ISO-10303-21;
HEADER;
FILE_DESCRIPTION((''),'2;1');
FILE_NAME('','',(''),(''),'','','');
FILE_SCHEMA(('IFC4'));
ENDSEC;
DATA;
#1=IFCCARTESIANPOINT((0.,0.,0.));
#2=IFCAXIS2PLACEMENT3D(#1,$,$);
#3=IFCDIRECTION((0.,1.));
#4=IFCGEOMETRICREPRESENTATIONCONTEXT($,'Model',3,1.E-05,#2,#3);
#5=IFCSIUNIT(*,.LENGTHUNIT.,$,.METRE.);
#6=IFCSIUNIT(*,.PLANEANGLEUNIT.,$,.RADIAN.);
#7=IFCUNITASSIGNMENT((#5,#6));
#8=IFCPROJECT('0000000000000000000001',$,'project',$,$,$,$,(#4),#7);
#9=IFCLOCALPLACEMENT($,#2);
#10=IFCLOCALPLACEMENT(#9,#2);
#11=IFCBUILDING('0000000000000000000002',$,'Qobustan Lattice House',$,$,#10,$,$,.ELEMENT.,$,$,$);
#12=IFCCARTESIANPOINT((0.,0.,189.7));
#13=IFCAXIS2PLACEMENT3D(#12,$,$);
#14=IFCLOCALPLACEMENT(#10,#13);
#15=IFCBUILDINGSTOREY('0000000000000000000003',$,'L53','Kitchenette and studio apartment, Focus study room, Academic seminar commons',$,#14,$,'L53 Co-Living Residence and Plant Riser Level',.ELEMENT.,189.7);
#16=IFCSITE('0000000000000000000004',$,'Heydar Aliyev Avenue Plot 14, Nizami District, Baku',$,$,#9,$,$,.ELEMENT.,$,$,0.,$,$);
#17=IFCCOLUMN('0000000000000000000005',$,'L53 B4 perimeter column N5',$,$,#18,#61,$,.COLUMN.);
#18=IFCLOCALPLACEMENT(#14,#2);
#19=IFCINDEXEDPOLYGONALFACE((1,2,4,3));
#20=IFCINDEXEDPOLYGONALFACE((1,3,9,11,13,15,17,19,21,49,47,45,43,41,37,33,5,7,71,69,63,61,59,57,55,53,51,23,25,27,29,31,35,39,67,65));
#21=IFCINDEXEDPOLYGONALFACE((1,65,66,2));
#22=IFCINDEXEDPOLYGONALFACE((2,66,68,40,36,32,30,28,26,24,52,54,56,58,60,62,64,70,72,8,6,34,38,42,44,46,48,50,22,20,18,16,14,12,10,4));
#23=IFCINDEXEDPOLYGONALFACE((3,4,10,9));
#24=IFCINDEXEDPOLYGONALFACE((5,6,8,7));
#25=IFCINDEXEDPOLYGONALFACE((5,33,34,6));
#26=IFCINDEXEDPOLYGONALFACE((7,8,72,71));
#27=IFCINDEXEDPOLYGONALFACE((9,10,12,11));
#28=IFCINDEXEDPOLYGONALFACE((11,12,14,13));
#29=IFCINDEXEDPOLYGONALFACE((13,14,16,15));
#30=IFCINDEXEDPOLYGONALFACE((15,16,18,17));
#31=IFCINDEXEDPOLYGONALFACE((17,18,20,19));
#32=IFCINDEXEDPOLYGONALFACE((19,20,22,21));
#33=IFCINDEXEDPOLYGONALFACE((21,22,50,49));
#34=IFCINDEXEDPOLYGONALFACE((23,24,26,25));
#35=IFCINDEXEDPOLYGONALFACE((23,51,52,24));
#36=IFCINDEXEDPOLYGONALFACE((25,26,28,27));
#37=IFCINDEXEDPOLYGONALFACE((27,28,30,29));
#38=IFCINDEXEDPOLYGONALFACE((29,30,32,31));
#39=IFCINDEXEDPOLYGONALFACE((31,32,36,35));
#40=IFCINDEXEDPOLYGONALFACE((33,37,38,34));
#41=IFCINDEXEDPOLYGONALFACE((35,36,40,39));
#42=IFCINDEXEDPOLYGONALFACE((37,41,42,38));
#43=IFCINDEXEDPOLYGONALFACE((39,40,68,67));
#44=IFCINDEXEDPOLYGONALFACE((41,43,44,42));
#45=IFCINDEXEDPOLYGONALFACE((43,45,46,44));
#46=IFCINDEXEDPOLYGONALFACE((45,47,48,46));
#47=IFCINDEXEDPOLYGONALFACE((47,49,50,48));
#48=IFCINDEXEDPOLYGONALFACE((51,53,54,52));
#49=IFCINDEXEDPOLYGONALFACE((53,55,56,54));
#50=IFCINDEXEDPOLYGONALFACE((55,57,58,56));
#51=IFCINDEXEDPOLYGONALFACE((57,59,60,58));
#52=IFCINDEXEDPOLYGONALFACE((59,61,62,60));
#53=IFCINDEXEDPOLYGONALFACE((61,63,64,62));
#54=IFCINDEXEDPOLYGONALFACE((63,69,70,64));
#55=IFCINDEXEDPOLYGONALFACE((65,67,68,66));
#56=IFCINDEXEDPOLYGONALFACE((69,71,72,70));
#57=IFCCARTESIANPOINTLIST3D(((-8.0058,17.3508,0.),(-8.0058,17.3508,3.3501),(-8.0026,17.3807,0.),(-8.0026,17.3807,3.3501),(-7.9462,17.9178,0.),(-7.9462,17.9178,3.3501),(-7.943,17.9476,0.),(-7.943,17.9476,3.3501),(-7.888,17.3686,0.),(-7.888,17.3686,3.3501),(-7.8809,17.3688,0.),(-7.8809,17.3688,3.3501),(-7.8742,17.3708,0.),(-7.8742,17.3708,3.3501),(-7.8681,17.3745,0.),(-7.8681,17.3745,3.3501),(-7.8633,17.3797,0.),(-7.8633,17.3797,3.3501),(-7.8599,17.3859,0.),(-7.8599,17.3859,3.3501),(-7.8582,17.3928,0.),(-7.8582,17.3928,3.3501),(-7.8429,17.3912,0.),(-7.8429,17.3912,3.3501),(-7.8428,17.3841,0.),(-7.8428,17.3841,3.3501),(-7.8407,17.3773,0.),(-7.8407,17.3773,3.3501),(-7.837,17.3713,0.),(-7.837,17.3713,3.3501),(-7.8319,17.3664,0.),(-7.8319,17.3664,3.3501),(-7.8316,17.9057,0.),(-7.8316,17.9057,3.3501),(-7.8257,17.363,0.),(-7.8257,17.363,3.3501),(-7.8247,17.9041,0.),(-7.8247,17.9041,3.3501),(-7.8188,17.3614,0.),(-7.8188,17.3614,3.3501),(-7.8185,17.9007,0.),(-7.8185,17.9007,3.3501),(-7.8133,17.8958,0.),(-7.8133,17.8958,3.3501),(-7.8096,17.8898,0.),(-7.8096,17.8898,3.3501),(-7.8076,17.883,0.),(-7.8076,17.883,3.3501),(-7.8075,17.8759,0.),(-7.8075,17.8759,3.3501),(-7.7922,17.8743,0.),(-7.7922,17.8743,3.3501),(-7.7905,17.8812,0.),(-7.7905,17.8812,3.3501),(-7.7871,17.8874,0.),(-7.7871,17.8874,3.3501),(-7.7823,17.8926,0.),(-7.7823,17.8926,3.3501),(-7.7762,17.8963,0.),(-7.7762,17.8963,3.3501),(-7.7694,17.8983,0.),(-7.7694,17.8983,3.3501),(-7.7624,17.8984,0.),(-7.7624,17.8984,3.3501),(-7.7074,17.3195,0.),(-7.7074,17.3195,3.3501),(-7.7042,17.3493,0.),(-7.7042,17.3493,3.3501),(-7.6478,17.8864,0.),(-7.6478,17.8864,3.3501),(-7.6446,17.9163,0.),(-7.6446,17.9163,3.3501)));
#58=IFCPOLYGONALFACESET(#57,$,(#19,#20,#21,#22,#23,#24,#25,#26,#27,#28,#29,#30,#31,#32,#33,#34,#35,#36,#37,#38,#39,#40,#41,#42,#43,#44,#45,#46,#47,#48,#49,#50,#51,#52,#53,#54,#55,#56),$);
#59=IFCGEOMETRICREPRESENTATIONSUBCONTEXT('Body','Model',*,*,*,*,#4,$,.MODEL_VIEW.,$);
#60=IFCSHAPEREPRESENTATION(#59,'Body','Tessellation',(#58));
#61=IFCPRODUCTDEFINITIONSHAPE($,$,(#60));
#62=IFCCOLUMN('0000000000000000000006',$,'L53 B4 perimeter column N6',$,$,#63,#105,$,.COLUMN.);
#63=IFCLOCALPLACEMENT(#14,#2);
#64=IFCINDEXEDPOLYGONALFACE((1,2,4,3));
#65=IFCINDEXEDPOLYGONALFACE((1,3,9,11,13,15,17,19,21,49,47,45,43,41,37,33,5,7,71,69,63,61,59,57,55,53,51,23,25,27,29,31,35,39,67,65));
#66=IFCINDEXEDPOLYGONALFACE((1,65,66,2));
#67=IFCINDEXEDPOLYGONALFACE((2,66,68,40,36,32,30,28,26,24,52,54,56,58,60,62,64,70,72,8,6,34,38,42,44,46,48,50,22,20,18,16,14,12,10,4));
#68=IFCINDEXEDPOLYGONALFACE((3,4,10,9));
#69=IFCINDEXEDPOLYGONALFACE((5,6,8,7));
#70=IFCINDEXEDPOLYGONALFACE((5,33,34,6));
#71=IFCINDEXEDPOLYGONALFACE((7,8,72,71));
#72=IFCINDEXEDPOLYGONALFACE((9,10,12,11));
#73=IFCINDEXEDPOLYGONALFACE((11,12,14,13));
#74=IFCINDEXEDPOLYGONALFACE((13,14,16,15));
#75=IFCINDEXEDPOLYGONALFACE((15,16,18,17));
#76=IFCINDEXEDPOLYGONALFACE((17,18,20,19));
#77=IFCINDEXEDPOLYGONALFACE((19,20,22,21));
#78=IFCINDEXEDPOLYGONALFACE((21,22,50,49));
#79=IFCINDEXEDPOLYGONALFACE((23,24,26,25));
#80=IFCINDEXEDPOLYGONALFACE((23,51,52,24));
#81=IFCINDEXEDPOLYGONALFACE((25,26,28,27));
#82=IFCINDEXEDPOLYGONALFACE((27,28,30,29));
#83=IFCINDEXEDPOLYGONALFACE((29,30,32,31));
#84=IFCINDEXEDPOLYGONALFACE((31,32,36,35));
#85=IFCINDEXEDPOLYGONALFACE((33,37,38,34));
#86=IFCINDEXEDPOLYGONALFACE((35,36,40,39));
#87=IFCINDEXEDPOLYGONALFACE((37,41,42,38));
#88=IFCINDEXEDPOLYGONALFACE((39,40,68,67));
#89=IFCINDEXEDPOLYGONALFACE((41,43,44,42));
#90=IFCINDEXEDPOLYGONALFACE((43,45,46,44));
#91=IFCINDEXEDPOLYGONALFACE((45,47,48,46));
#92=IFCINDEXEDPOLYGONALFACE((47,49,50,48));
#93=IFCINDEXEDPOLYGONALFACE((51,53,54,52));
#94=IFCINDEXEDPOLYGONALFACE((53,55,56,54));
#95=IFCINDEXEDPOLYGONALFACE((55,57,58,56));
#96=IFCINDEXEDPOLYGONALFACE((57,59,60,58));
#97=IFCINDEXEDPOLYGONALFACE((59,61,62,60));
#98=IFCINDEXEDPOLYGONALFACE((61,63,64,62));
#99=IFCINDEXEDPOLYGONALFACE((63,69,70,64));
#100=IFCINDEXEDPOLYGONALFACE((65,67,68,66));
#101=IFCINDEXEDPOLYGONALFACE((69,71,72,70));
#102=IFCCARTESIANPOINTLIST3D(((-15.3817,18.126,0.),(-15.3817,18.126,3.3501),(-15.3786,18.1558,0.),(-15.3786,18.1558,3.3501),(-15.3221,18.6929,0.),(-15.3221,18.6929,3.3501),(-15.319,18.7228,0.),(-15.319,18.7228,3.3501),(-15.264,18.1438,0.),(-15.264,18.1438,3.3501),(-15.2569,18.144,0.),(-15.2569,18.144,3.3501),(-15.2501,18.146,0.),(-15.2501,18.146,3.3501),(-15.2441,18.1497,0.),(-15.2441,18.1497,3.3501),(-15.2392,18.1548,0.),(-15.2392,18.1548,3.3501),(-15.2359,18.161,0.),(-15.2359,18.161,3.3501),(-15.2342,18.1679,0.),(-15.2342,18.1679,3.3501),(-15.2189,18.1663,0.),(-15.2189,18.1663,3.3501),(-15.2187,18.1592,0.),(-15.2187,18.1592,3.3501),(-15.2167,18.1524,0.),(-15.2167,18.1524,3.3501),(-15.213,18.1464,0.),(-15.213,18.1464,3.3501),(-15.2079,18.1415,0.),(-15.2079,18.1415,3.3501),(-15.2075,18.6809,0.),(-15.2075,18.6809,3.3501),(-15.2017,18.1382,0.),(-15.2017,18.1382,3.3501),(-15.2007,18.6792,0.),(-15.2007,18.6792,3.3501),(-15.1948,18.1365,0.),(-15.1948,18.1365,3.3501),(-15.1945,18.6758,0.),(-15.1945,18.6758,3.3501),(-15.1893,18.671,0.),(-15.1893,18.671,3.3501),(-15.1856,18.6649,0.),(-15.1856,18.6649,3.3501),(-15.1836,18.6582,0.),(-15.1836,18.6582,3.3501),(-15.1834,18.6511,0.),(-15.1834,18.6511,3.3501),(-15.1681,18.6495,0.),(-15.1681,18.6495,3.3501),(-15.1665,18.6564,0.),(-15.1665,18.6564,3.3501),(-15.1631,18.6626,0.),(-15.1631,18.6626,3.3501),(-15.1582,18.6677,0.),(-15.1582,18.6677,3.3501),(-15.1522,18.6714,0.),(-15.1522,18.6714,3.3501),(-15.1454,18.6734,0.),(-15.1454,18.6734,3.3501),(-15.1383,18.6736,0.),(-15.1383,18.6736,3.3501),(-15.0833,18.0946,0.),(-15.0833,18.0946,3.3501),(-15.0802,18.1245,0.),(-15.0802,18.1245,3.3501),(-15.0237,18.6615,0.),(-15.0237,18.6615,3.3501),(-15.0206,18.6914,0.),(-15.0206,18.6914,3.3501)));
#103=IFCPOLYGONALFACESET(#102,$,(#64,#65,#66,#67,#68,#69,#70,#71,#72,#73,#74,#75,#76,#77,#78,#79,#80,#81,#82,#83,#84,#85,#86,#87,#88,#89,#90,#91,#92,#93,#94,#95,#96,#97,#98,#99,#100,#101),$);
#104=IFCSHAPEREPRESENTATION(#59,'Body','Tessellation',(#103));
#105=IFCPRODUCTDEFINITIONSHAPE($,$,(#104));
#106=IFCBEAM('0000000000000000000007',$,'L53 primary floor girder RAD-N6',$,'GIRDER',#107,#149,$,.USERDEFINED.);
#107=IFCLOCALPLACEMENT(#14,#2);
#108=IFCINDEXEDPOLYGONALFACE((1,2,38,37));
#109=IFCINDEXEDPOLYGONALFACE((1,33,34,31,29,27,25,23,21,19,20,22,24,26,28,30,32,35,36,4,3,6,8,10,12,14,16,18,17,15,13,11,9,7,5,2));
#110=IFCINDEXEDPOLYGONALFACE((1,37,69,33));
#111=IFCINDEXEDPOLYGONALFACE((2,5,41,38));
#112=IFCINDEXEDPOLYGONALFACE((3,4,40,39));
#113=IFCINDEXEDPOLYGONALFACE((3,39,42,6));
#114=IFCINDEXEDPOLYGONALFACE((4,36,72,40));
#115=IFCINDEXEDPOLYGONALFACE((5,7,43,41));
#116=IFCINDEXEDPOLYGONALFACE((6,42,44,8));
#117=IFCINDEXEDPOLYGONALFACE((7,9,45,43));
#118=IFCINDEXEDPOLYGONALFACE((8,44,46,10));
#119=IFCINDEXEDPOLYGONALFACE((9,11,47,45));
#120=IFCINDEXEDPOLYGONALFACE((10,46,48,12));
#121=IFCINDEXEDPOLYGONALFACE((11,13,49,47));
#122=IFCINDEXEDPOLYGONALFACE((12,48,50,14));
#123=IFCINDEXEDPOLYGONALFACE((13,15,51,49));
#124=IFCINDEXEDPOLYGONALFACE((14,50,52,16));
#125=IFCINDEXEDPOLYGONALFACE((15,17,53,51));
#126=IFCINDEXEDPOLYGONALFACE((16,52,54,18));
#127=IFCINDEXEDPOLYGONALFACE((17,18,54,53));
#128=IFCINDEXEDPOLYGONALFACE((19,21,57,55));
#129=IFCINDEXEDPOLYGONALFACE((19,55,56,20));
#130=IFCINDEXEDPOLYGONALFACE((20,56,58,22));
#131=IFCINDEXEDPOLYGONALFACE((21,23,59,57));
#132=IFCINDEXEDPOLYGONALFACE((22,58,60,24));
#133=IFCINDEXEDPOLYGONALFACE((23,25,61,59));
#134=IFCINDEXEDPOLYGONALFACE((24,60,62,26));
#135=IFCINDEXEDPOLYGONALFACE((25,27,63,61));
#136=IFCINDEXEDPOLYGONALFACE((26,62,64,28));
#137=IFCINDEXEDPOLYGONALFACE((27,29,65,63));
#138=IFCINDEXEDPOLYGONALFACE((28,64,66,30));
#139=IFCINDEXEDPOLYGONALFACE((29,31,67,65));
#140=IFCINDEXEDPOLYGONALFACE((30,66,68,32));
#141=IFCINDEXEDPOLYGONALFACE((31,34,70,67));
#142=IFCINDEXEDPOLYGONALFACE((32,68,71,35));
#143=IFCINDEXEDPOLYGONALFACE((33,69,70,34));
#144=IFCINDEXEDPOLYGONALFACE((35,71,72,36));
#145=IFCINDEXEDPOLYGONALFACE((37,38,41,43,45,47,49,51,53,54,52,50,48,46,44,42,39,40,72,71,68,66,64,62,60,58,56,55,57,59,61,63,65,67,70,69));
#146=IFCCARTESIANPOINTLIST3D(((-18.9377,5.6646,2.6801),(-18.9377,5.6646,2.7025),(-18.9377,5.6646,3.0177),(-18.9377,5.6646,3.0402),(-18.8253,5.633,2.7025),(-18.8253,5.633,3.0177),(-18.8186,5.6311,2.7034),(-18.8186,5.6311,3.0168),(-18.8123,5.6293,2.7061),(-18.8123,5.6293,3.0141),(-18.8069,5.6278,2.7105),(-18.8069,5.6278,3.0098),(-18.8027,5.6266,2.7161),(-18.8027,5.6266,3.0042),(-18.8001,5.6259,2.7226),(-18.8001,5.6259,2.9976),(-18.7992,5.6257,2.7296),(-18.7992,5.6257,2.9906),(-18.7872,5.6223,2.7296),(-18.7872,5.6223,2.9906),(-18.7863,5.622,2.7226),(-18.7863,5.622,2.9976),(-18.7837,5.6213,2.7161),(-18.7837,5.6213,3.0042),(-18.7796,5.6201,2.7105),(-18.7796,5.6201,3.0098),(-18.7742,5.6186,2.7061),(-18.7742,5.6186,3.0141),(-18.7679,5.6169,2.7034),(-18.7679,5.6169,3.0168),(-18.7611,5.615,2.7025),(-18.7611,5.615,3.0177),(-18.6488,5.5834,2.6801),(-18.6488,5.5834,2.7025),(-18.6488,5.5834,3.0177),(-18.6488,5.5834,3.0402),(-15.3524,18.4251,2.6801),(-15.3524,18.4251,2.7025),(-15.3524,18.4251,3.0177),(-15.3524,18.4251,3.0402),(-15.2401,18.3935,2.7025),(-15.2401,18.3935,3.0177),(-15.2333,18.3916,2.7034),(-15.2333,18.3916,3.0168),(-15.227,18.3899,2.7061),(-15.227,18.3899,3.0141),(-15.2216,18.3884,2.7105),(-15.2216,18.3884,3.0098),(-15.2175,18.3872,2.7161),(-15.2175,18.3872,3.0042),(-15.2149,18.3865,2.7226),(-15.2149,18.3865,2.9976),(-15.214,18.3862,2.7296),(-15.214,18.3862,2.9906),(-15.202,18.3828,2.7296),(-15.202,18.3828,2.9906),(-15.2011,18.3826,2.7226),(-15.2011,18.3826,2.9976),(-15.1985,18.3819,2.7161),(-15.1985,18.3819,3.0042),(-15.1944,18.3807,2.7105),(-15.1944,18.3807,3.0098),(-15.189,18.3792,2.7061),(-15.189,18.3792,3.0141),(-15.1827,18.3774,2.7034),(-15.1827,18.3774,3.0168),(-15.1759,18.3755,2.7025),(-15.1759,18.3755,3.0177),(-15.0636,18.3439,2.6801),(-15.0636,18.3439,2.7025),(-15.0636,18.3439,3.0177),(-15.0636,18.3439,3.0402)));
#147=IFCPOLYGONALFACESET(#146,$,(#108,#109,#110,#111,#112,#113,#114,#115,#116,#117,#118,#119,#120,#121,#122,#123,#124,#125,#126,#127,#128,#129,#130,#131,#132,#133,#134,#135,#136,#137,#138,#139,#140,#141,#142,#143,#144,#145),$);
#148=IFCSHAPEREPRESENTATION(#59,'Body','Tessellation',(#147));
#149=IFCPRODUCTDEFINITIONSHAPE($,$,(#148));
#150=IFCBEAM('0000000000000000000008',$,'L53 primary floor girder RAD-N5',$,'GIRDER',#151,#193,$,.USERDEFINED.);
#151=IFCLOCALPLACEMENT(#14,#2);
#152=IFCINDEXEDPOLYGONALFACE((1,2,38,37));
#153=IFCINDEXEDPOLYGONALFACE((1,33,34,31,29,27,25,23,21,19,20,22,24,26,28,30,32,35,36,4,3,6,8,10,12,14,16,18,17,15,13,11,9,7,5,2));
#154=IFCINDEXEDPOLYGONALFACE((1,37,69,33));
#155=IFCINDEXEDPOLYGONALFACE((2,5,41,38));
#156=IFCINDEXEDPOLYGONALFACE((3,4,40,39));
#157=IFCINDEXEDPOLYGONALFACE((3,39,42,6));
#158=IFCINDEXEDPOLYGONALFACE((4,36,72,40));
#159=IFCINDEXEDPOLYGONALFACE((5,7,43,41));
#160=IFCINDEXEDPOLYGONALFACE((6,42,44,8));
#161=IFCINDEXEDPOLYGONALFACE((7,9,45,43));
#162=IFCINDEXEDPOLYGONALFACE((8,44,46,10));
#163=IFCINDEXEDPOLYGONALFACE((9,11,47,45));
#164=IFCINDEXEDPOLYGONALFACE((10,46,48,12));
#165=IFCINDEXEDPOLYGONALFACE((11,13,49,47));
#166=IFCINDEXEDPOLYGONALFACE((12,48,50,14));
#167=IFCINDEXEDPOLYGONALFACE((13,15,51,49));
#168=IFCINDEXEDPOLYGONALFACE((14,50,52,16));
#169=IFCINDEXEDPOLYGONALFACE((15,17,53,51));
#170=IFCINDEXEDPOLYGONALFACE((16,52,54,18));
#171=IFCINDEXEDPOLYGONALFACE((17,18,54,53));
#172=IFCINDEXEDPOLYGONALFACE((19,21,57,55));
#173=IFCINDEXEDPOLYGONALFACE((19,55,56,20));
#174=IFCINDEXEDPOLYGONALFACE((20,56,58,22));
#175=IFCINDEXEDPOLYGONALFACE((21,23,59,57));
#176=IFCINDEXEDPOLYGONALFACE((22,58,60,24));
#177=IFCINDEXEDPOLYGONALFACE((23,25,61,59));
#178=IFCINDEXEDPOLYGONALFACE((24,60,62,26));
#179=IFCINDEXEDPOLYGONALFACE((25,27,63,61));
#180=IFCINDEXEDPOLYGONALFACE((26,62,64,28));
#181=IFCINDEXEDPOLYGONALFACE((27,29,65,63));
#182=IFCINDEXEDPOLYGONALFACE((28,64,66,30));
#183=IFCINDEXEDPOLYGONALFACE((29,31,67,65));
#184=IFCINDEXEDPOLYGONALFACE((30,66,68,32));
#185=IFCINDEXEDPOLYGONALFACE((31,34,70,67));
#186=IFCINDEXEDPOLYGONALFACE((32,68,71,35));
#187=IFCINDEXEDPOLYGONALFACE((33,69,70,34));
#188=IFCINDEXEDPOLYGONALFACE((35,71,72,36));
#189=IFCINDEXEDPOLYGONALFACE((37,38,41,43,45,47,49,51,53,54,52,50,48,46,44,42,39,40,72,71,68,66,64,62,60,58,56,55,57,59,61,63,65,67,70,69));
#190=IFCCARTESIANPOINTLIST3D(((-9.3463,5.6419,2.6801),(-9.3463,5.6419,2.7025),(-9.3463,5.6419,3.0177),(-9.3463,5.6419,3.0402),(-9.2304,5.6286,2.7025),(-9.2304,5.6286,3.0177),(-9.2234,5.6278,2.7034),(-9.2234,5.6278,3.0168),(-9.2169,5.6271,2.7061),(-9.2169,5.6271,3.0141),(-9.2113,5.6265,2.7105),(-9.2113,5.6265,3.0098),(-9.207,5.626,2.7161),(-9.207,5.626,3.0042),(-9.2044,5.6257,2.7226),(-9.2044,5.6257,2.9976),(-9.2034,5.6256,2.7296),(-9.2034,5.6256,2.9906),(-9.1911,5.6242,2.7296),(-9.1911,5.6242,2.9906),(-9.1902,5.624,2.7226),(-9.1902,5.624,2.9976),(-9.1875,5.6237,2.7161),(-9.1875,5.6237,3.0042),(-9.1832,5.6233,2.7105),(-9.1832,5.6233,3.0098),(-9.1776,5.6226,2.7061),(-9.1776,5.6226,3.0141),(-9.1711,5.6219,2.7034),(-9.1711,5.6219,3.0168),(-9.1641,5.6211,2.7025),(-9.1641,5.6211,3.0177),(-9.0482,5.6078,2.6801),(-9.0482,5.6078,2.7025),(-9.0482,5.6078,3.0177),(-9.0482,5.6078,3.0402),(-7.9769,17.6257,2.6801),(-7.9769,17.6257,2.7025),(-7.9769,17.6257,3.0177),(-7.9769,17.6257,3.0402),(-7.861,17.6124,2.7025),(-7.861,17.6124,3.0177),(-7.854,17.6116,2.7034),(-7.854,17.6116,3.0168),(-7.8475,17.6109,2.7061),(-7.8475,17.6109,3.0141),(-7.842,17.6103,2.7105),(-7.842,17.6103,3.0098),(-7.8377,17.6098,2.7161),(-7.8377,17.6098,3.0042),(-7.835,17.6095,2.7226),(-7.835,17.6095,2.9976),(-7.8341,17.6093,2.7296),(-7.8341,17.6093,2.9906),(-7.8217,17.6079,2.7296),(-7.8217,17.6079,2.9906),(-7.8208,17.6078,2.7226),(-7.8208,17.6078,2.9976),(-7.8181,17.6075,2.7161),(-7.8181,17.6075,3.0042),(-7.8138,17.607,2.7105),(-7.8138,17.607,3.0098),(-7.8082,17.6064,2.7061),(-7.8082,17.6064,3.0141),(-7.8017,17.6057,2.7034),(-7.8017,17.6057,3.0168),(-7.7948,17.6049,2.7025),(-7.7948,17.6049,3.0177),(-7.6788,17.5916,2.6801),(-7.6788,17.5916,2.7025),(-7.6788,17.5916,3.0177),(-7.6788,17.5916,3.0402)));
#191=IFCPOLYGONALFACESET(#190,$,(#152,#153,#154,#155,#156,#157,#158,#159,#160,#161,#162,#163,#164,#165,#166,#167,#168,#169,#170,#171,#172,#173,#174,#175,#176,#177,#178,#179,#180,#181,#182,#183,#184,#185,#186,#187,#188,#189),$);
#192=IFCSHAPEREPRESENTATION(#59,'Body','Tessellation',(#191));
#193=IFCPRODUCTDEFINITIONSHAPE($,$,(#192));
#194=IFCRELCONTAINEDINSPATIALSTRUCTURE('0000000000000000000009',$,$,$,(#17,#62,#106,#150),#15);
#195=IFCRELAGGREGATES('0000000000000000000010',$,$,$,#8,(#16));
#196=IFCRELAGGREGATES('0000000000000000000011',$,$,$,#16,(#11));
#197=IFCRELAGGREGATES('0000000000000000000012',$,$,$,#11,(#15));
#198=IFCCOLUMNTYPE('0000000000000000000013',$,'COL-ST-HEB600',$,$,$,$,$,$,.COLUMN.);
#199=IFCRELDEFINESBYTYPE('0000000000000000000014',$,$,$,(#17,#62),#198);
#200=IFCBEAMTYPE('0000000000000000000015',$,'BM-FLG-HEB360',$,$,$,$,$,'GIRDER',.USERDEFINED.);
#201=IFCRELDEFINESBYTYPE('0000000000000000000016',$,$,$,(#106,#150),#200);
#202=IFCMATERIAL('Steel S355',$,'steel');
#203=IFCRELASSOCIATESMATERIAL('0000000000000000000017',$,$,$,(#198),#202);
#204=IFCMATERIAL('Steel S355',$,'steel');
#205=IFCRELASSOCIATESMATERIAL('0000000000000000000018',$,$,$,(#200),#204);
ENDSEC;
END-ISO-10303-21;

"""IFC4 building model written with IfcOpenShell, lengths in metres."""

from ifc_helpers import new_model, si_unit, direction, frame, origin, origin_2d, place, context, subcontext, project, spatial, i_section, extrude, material, material_profile, profile_set, type_object, element, save


model = new_model("IFC4")

# Units and contexts
model_context = context("Model", 3, precision=1e-05, world=origin(), true_north=direction((0.0, 1.0)))
body_context = subcontext(model_context, "Body", "Model", "MODEL_VIEW")
ifc_project = project(units=[si_unit("LENGTHUNIT", "METRE"), si_unit("PLANEANGLEUNIT", "RADIAN")], contexts=[model_context])

# Site, building, storey
site_placement = place(None, origin())
site = spatial("IfcSite", under=ifc_project, at=site_placement, Name="Heydar Aliyev Avenue Plot 14, Nizami District, Baku", CompositionType="ELEMENT", RefElevation=0.0)
building_placement = place(site_placement, origin())
building = spatial("IfcBuilding", under=site, at=building_placement, Name="Qobustan Lattice House", CompositionType="ELEMENT")
storey_placement = place(building_placement, frame((0.0, 0.0, 189.7)))
storey = spatial("IfcBuildingStorey", under=building, at=storey_placement, Name="L53", Description="Kitchenette and studio apartment, Focus study room, Academic seminar commons", LongName="L53 Co-Living Residence and Plant Riser Level", CompositionType="ELEMENT", Elevation=189.7)

# Columns
ifc_material_1 = material(Name="Steel S355", Category="steel")
ifc_material_profile_1 = material_profile(ifc_material_1, i_section(OverallWidth=0.3, OverallDepth=0.6001, WebThickness=0.0154, FlangeThickness=0.03, FilletRadius=0.0271, at=origin_2d()), Name="HEB600")
ifc_profile_set_1 = profile_set([ifc_material_profile_1], Name="Steel S355")
column_type = type_object("IfcColumnType", Name="COL-ST-HEB600", PredefinedType="COLUMN", material=ifc_profile_set_1)
for number, where, z_axis, x_axis, name in (
    (1, (-7.8252, 17.6335, 0.0), (0.0, 0.0, 1.0), (0.994522, -0.104528, 0.0), "L53 B4 perimeter column N5"),
    (2, (-15.2012, 18.4087, 0.0), (0.0, 0.0, 1.0), (0.994522, -0.104528, 0.0), "L53 B4 perimeter column N6"),
):
    element("IfcColumn", number, at=place(storey_placement, frame(where, z_axis=z_axis, x_axis=x_axis)), inside=storey, type_object=column_type, Name=name, PredefinedType="COLUMN", context=body_context, shape_type="SweptSolid", body=[
        extrude(i_section(OverallWidth=0.3, OverallDepth=0.6001, WebThickness=0.0154, FlangeThickness=0.03, FilletRadius=0.0271, at=origin_2d()), origin(), (0.0, 0.0, 1.0), 3.3501),
    ])

# Beams
ifc_material_2 = material(Name="Steel S355", Category="steel")
ifc_material_profile_2 = material_profile(ifc_material_2, i_section(OverallWidth=0.3, OverallDepth=0.3601, WebThickness=0.0125, FlangeThickness=0.0225, FilletRadius=0.0271, at=origin_2d()), Name="HEB360")
ifc_profile_set_2 = profile_set([ifc_material_profile_2], Name="Steel S355")
beam_type_1 = type_object("IfcBeamType", Name="BM-FLG-HEB360", ElementType="GIRDER", PredefinedType="USERDEFINED", material=ifc_profile_set_2)
beam_1_placement = place(storey_placement, frame((-15.208, 18.3845, 2.8601), z_axis=(-0.270488, -0.962723, 0.0), x_axis=(0.962723, -0.270488, 0.0)))
element("IfcBeam", 3, at=beam_1_placement, inside=storey, type_object=beam_type_1, Name="L53 primary floor girder RAD-N6", ObjectType="GIRDER", PredefinedType="USERDEFINED", context=body_context, shape_type="SweptSolid", body=[
    extrude(i_section(OverallWidth=0.3, OverallDepth=0.3601, WebThickness=0.0125, FlangeThickness=0.0225, FilletRadius=0.0271, at=origin_2d()), origin(), (0.0, 0.0, 1.0), 13.2546),
])
beam_2_placement = place(storey_placement, frame((-7.8279, 17.6086, 2.8601), z_axis=(-0.11353, -0.993535, 0.0), x_axis=(0.993535, -0.11353, 0.0)))
element("IfcBeam", 4, at=beam_2_placement, inside=storey, type_object=beam_type_1, Name="L53 primary floor girder RAD-N5", ObjectType="GIRDER", PredefinedType="USERDEFINED", context=body_context, shape_type="SweptSolid", body=[
    extrude(i_section(OverallWidth=0.3, OverallDepth=0.3601, WebThickness=0.0125, FlangeThickness=0.0225, FilletRadius=0.0271, at=origin_2d()), origin(), (0.0, 0.0, 1.0), 12.0618),
])

save(model, "model.ifc")
